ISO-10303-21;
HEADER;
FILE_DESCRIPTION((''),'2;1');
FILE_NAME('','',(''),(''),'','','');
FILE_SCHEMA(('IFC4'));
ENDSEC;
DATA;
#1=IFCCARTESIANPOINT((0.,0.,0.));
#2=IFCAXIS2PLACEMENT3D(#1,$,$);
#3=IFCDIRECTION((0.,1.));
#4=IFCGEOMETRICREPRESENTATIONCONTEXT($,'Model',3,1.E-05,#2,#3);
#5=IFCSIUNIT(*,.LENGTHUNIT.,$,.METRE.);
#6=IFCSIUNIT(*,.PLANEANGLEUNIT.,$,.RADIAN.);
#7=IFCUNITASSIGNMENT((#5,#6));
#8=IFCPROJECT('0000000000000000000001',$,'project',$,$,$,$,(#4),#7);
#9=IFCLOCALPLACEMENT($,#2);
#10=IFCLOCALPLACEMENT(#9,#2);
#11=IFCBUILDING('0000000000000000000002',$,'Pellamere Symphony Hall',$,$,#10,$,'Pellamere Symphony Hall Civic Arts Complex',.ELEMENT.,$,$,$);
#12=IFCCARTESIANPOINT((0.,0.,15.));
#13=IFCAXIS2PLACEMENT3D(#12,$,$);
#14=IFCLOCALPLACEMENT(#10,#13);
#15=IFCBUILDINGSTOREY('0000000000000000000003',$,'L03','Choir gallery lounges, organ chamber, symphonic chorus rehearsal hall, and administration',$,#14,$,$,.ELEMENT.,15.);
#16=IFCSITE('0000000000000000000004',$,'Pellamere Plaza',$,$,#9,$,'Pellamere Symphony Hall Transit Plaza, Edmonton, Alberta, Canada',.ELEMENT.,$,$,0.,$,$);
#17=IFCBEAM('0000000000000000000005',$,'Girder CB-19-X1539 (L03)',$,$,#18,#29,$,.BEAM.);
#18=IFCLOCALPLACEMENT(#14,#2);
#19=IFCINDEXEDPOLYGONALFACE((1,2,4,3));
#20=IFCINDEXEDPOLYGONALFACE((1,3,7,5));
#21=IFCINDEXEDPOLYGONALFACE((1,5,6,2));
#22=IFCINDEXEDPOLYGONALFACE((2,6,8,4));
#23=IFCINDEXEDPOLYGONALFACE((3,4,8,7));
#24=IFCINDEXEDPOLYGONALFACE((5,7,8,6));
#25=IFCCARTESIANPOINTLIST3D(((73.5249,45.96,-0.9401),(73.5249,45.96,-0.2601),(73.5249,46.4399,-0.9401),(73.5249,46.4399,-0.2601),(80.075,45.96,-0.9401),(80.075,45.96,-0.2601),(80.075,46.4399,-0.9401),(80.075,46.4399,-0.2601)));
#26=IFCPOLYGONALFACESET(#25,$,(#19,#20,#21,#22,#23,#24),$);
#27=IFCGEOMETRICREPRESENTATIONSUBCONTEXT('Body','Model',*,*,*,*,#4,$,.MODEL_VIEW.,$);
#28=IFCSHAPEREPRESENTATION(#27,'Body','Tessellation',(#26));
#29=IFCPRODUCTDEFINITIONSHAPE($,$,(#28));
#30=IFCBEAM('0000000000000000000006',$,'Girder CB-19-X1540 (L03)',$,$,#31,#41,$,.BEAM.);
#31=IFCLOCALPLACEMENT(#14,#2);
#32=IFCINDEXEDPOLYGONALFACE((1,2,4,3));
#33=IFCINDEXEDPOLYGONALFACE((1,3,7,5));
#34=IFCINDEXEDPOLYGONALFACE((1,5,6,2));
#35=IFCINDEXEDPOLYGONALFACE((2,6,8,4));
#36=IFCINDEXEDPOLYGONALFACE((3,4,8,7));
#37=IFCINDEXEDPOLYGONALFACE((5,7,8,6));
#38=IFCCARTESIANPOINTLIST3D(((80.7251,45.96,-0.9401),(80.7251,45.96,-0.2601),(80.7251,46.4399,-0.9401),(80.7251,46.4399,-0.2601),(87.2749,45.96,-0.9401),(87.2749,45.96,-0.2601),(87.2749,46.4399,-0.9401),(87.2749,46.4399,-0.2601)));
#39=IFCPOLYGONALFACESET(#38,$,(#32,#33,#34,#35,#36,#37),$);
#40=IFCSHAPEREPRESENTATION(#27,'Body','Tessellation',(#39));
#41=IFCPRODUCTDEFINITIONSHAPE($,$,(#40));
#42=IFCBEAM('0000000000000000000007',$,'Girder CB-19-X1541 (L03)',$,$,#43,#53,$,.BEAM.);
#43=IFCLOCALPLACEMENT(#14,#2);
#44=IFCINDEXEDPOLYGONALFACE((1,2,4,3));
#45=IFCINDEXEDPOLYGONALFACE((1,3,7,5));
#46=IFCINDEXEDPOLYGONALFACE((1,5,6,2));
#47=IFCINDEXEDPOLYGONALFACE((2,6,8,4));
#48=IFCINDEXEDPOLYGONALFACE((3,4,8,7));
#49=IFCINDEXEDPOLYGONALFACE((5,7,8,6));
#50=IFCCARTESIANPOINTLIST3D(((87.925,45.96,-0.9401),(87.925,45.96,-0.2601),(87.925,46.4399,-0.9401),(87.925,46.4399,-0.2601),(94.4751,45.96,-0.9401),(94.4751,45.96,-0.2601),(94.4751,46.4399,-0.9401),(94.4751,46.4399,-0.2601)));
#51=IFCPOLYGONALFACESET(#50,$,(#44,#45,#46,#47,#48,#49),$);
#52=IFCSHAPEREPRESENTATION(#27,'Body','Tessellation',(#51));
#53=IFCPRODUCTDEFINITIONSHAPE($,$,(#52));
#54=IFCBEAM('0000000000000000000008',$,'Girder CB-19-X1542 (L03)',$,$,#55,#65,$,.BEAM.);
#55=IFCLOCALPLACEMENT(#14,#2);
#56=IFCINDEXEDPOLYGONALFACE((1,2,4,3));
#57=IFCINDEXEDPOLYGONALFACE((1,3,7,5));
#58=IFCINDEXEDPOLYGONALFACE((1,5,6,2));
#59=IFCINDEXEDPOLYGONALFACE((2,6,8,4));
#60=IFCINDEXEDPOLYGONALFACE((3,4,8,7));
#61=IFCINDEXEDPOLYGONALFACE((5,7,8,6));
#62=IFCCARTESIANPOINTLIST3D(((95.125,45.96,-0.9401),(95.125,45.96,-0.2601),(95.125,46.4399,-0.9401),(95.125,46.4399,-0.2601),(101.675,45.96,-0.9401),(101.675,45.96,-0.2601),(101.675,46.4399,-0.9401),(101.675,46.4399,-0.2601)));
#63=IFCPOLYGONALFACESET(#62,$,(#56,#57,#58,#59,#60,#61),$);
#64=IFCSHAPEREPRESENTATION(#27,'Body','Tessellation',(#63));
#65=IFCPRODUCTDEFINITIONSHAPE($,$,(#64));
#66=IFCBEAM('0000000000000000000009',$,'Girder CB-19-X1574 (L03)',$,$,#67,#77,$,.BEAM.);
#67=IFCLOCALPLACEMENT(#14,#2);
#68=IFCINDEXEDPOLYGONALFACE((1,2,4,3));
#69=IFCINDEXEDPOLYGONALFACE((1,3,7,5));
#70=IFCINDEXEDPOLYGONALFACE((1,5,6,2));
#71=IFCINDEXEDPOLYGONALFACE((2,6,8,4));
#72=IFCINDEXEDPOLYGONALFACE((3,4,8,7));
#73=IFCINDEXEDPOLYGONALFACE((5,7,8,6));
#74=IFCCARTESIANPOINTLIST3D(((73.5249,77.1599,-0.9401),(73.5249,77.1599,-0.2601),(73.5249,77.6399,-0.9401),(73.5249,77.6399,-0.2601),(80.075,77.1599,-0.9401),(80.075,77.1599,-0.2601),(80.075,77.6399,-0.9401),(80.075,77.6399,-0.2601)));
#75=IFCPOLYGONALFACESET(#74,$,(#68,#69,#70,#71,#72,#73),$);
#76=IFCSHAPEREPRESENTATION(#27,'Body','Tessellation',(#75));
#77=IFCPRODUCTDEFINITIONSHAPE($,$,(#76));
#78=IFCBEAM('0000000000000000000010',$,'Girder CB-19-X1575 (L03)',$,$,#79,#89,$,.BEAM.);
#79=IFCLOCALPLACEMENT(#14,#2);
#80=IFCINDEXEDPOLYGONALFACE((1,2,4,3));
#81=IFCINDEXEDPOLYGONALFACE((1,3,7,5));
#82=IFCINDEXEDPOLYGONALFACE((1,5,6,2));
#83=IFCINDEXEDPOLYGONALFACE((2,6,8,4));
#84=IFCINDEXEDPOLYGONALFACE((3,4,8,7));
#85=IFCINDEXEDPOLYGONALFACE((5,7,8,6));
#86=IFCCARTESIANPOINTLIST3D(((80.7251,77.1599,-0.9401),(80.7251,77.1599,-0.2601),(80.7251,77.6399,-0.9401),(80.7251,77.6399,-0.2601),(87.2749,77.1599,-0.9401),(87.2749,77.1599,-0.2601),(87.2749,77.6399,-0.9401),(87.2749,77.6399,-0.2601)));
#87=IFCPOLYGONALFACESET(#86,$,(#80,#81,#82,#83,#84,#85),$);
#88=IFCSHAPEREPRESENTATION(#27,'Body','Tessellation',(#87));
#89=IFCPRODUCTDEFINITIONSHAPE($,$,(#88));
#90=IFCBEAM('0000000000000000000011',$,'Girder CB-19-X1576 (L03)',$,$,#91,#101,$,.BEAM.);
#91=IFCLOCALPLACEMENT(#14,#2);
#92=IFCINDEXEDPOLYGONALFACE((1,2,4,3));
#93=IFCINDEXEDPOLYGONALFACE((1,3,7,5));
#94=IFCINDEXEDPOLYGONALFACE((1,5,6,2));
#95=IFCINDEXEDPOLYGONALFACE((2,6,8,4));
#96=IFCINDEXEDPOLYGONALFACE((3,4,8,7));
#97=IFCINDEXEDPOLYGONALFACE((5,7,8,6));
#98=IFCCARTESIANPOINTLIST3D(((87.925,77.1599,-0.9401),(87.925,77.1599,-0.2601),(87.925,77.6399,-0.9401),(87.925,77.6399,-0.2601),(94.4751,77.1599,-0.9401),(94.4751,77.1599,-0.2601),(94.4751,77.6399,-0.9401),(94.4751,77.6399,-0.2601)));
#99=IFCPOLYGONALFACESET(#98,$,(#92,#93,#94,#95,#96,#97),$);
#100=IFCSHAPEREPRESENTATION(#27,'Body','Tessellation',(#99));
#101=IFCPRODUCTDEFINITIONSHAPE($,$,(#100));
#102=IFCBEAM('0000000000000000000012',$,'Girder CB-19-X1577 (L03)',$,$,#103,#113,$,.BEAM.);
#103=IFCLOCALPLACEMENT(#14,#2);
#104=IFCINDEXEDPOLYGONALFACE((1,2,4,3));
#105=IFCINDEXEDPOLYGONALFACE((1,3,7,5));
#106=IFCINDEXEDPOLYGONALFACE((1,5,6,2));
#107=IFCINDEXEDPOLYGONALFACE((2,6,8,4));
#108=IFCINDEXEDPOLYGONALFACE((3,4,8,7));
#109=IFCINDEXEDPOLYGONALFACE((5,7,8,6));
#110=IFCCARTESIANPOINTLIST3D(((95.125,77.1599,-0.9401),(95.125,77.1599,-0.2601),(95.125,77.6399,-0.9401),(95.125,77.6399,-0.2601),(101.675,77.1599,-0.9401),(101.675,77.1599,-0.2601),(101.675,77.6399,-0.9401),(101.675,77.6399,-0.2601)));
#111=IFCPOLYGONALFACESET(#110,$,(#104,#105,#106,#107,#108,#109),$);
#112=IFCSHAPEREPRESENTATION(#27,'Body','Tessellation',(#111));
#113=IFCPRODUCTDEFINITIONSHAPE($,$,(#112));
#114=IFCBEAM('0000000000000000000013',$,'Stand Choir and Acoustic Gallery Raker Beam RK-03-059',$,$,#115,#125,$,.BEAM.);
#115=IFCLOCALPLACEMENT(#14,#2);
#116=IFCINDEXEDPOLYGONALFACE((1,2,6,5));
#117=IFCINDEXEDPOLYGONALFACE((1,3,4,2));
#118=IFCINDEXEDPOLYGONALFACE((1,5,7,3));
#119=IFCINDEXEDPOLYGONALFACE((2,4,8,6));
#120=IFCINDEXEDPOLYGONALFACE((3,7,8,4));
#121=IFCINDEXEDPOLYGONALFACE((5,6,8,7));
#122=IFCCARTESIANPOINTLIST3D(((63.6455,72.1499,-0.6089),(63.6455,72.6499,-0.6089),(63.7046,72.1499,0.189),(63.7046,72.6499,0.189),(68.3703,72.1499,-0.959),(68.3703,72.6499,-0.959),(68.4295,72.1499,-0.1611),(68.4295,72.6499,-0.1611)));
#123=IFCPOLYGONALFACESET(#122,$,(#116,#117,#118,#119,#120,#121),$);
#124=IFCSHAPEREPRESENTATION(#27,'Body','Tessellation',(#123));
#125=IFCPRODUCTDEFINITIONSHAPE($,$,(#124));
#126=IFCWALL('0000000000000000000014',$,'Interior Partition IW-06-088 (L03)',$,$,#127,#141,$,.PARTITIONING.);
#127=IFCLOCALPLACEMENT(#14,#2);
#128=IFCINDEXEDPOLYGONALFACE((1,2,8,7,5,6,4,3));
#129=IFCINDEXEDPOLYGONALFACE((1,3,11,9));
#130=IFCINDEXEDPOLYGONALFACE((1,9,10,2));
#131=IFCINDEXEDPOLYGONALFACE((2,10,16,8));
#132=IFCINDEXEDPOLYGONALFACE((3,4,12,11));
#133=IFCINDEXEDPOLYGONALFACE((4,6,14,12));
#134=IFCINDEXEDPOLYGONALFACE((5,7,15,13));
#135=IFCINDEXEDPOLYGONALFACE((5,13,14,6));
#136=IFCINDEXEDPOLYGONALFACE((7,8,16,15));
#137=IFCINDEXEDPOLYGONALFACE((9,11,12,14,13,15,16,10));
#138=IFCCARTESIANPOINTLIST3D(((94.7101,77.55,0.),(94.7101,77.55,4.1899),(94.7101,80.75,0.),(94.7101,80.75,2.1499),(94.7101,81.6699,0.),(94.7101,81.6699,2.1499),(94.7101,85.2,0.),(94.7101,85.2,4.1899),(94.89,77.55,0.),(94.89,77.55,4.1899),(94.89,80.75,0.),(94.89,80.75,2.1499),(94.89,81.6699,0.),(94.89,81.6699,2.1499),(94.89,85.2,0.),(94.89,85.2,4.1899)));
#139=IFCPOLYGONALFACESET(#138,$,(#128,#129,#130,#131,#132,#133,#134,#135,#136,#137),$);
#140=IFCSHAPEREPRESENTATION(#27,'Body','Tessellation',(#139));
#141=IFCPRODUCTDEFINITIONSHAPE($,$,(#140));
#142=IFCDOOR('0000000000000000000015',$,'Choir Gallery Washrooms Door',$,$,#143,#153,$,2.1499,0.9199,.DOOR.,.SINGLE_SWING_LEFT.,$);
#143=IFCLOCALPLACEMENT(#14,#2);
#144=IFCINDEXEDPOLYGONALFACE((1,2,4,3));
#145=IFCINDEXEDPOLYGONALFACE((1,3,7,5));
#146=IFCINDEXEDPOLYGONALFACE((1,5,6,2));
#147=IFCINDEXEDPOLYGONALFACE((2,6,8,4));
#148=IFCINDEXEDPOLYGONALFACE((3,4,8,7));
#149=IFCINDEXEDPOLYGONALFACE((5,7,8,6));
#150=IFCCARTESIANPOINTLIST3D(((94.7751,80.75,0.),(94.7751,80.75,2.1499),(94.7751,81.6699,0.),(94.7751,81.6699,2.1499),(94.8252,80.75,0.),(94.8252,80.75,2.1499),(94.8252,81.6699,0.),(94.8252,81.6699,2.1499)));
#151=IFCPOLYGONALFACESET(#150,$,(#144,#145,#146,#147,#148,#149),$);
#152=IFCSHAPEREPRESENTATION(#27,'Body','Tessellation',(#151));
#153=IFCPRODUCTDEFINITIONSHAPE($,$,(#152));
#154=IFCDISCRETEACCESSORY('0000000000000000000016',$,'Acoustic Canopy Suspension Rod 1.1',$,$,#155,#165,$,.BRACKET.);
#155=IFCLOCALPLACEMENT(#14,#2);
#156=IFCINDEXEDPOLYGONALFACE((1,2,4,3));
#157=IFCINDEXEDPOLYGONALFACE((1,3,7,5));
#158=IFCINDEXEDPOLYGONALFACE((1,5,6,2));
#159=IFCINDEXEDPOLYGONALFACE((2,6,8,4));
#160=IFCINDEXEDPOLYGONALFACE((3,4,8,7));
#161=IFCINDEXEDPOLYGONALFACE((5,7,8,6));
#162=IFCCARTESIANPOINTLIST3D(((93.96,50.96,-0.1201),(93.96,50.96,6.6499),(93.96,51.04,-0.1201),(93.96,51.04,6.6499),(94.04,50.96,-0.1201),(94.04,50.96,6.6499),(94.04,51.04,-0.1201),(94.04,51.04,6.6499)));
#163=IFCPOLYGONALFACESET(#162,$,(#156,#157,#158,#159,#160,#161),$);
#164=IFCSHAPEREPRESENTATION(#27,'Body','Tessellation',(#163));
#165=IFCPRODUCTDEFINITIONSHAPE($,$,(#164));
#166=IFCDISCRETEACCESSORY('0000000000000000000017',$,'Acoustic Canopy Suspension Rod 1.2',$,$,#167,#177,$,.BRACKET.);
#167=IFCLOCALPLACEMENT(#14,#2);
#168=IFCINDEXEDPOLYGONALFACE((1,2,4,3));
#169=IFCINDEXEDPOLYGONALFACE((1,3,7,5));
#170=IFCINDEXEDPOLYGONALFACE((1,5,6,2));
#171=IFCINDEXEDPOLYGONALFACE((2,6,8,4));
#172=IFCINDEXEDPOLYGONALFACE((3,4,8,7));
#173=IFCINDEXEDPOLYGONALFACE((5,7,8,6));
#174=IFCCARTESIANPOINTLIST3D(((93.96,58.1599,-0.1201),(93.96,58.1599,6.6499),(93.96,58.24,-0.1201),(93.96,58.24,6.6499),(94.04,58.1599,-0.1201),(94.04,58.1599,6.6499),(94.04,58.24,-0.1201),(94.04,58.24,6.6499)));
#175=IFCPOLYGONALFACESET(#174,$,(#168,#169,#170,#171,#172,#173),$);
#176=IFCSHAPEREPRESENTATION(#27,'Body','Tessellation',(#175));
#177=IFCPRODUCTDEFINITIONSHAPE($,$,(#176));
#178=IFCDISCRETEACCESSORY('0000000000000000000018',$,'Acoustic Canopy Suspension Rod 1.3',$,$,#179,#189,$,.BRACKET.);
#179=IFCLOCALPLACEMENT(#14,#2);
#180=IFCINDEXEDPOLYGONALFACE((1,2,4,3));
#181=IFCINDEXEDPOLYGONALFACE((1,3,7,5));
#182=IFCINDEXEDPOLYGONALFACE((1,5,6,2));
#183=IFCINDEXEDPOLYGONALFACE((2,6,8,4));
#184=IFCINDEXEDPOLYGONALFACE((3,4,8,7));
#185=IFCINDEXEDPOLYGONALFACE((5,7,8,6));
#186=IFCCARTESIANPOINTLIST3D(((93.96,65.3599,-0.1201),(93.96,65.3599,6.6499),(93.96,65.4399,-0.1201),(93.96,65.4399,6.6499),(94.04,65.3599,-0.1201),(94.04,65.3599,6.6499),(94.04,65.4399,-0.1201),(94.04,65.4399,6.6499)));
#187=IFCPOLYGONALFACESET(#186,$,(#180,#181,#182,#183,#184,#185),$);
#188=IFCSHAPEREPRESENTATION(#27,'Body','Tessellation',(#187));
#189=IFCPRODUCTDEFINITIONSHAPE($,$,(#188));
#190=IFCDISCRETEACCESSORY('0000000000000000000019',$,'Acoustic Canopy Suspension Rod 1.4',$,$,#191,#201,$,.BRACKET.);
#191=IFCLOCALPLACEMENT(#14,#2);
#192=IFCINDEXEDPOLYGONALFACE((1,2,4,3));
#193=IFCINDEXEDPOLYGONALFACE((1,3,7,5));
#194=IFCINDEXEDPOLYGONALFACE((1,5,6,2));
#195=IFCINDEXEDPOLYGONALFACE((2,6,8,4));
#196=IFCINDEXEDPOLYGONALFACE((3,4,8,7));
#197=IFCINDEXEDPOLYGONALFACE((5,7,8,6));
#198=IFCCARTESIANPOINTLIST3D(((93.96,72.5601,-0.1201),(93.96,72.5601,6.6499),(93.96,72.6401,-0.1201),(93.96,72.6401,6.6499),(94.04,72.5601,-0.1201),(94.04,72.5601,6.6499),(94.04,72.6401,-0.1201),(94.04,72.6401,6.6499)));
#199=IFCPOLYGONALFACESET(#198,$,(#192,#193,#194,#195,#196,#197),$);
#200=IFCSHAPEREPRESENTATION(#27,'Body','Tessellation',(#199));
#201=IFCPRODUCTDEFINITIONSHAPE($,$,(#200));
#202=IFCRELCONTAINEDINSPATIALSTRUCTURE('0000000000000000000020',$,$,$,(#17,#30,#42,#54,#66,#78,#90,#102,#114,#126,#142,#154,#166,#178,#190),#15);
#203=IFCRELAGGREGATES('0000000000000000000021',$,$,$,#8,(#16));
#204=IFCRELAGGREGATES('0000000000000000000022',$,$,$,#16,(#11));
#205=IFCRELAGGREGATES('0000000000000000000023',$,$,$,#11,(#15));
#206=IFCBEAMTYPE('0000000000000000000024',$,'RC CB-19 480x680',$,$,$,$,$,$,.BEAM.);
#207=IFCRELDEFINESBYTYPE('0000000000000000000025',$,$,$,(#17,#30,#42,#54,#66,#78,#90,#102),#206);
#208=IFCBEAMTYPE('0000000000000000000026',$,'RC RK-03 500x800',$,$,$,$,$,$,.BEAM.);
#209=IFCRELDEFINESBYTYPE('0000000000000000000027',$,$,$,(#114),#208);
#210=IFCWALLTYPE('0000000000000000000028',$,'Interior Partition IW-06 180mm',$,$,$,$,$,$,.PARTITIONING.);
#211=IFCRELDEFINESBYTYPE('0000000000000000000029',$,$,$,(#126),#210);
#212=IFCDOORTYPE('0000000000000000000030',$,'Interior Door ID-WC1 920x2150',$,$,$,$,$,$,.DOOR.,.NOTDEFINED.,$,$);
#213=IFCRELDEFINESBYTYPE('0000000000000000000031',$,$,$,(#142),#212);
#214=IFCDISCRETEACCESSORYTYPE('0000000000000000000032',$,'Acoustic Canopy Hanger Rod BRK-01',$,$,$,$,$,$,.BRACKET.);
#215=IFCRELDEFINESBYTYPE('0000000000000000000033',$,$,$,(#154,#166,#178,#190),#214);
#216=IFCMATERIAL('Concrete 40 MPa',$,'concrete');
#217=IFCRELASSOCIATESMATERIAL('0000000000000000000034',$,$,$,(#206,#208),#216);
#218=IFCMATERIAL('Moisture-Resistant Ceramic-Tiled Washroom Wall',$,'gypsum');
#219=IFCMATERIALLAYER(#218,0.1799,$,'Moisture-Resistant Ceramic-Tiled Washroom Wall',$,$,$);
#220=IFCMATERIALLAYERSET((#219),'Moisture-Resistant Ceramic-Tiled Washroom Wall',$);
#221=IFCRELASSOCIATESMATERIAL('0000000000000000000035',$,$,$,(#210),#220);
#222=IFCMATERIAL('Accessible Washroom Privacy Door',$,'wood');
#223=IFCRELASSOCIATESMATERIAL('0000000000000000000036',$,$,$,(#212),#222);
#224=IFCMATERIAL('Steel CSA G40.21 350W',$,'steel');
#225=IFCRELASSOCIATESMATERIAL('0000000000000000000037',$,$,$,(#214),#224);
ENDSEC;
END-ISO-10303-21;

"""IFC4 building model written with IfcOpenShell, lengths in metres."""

from ifc_helpers import new_model, si_unit, direction, frame, frame_2d, origin, origin_2d, place, context, subcontext, project, spatial, rectangle, extrude, material, layer, layer_set, material_profile, profile_set, type_object, element, fill, save


model = new_model("IFC4")

# Units and contexts
model_context = context("Model", 3, precision=1e-05, world=origin(), true_north=direction((0.0, 1.0)))
body_context = subcontext(model_context, "Body", "Model", "MODEL_VIEW")
ifc_project = project(units=[si_unit("LENGTHUNIT", "METRE"), si_unit("PLANEANGLEUNIT", "RADIAN")], contexts=[model_context])

# Site, building, storey
site_placement = place(None, origin())
site = spatial("IfcSite", under=ifc_project, at=site_placement, Name="Pellamere Plaza", LongName="Pellamere Symphony Hall Transit Plaza, Edmonton, Alberta, Canada", CompositionType="ELEMENT", RefElevation=0.0)
building_placement = place(site_placement, origin())
building = spatial("IfcBuilding", under=site, at=building_placement, Name="Pellamere Symphony Hall", LongName="Pellamere Symphony Hall Civic Arts Complex", CompositionType="ELEMENT")
storey_placement = place(building_placement, frame((0.0, 0.0, 15.0)))
storey = spatial("IfcBuildingStorey", under=building, at=storey_placement, Name="L03", Description="Choir gallery lounges, organ chamber, symphonic chorus rehearsal hall, and administration", CompositionType="ELEMENT", Elevation=15.0)

# Shared definitions
ifc_material_1 = material(Name="Concrete 40 MPa", Category="concrete")

# Beams
ifc_material_profile_1 = material_profile(ifc_material_1, rectangle(XDim=0.48, YDim=0.6799, at=origin_2d()), Name="RC 480x680")
ifc_profile_set_1 = profile_set([ifc_material_profile_1], Name="Concrete 40 MPa")
beam_type_1 = type_object("IfcBeamType", Name="RC CB-19 480x680", PredefinedType="BEAM", material=ifc_profile_set_1)
beam_1_placement = place(storey_placement, frame((73.5249, 46.2, -0.6001), z_axis=(1.0, 0.0, 0.0), x_axis=(0.0, 1.0, 0.0)))
element("IfcBeam", 1, at=beam_1_placement, inside=storey, type_object=beam_type_1, Name="Girder CB-19-X1539 (L03)", PredefinedType="BEAM", context=body_context, shape_type="SweptSolid", body=[
    extrude(rectangle(XDim=0.48, YDim=0.6799, at=origin_2d()), origin(), (0.0, 0.0, 1.0), 6.55),
])
beam_2_placement = place(storey_placement, frame((80.7251, 46.2, -0.6001), z_axis=(1.0, 0.0, 0.0), x_axis=(0.0, 1.0, 0.0)))
element("IfcBeam", 2, at=beam_2_placement, inside=storey, type_object=beam_type_1, Name="Girder CB-19-X1540 (L03)", PredefinedType="BEAM", context=body_context, shape_type="SweptSolid", body=[
    extrude(rectangle(XDim=0.48, YDim=0.6799, at=origin_2d()), origin(), (0.0, 0.0, 1.0), 6.5498),
])
for number, where, z_axis, x_axis, name in (
    (3, (87.925, 46.2, -0.6001), (1.0, 0.0, 0.0), (0.0, 1.0, 0.0), "Girder CB-19-X1541 (L03)"),
    (4, (95.125, 46.2, -0.6001), (1.0, 0.0, 0.0), (0.0, 1.0, 0.0), "Girder CB-19-X1542 (L03)"),
    (5, (73.5249, 77.3999, -0.6001), (1.0, 0.0, 0.0), (0.0, 1.0, 0.0), "Girder CB-19-X1574 (L03)"),
):
    element("IfcBeam", number, at=place(storey_placement, frame(where, z_axis=z_axis, x_axis=x_axis)), inside=storey, type_object=beam_type_1, Name=name, PredefinedType="BEAM", context=body_context, shape_type="SweptSolid", body=[
        extrude(rectangle(XDim=0.48, YDim=0.6799, at=origin_2d()), origin(), (0.0, 0.0, 1.0), 6.55),
    ])
beam_3_placement = place(storey_placement, frame((80.7251, 77.3999, -0.6001), z_axis=(1.0, 0.0, 0.0), x_axis=(0.0, 1.0, 0.0)))
element("IfcBeam", 6, at=beam_3_placement, inside=storey, type_object=beam_type_1, Name="Girder CB-19-X1575 (L03)", PredefinedType="BEAM", context=body_context, shape_type="SweptSolid", body=[
    extrude(rectangle(XDim=0.48, YDim=0.6799, at=origin_2d()), origin(), (0.0, 0.0, 1.0), 6.5498),
])
for number, where, z_axis, x_axis, name in (
    (7, (87.925, 77.3999, -0.6001), (1.0, 0.0, 0.0), (0.0, 1.0, 0.0), "Girder CB-19-X1576 (L03)"),
    (8, (95.125, 77.3999, -0.6001), (1.0, 0.0, 0.0), (0.0, 1.0, 0.0), "Girder CB-19-X1577 (L03)"),
):
    element("IfcBeam", number, at=place(storey_placement, frame(where, z_axis=z_axis, x_axis=x_axis)), inside=storey, type_object=beam_type_1, Name=name, PredefinedType="BEAM", context=body_context, shape_type="SweptSolid", body=[
        extrude(rectangle(XDim=0.48, YDim=0.6799, at=origin_2d()), origin(), (0.0, 0.0, 1.0), 6.55),
    ])
ifc_material_profile_2 = material_profile(ifc_material_1, rectangle(XDim=0.5, YDim=0.8, at=origin_2d()), Name="RC 500x800")
ifc_profile_set_2 = profile_set([ifc_material_profile_2], Name="Concrete 40 MPa")
beam_type_2 = type_object("IfcBeamType", Name="RC RK-03 500x800", PredefinedType="BEAM", material=ifc_profile_set_2)
beam_4_placement = place(storey_placement, frame((68.3999, 72.3999, -0.5601), z_axis=(-0.997266, 0.0, 0.073894), x_axis=(0.0, -1.0, 0.0)))
element("IfcBeam", 9, at=beam_4_placement, inside=storey, type_object=beam_type_2, Name="Stand Choir and Acoustic Gallery Raker Beam RK-03-059", PredefinedType="BEAM", context=body_context, shape_type="SweptSolid", body=[
    extrude(rectangle(XDim=0.5, YDim=0.8, at=origin_2d()), origin(), (0.0, 0.0, 1.0), 4.7378),
])

# Wall, opening, door
ifc_material_2 = material(Name="Moisture-Resistant Ceramic-Tiled Washroom Wall", Category="gypsum")
ifc_layer = layer(ifc_material_2, 0.1799, Name="Moisture-Resistant Ceramic-Tiled Washroom Wall")
ifc_layer_set = layer_set([ifc_layer], Name="Moisture-Resistant Ceramic-Tiled Washroom Wall")
wall_type = type_object("IfcWallType", Name="Interior Partition IW-06 180mm", PredefinedType="PARTITIONING", material=ifc_layer_set)
wall_placement = place(storey_placement, frame((94.8, 77.55, 0.0), z_axis=(0.0, 0.0, 1.0), x_axis=(0.0, 1.0, 0.0)))
wall = element("IfcWall", 10, at=wall_placement, inside=storey, type_object=wall_type, Name="Interior Partition IW-06-088 (L03)", PredefinedType="PARTITIONING", context=body_context, shape_type="SweptSolid", body=[
    extrude(rectangle(XDim=7.6499, YDim=0.1799, at=frame_2d((3.825, 0.0))), origin(), (0.0, 0.0, 1.0), 4.1899),
])
opening_placement = place(wall_placement, frame((3.2, 0.0, 0.0)))
opening = element("IfcOpeningElement", 11, at=opening_placement, cuts=wall, PredefinedType="OPENING", context=body_context, shape_type="SweptSolid", body=[
    extrude(rectangle(XDim=0.9199, YDim=2.1499, at=frame_2d((0.46, 1.075))), frame((0.0, 0.0999, 0.0), z_axis=(0.0, -1.0, 0.0), x_axis=(1.0, 0.0, 0.0)), (0.0, 0.0, 1.0), 0.2),
])
ifc_material_3 = material(Name="Accessible Washroom Privacy Door", Category="wood")
door_type = type_object("IfcDoorType", Name="Interior Door ID-WC1 920x2150", OperationType="NOTDEFINED", PredefinedType="DOOR", material=ifc_material_3)
door_placement = place(opening_placement, origin())
door = element("IfcDoor", 12, at=door_placement, inside=storey, type_object=door_type, Name="Choir Gallery Washrooms Door", OperationType="SINGLE_SWING_LEFT", OverallHeight=2.1499, OverallWidth=0.9199, PredefinedType="DOOR", context=body_context, shape_type="SweptSolid", body=[
    extrude(rectangle(XDim=0.9199, YDim=2.1499, at=frame_2d((0.46, 1.075))), frame((0.0, 0.0249, 0.0), z_axis=(0.0, -1.0, 0.0), x_axis=(1.0, 0.0, 0.0)), (0.0, 0.0, 1.0), 0.05),
])
fill(opening, door)

# Discrete accessories
ifc_material_4 = material(Name="Steel CSA G40.21 350W", Category="steel")
discrete_accessory_type = type_object("IfcDiscreteAccessoryType", Name="Acoustic Canopy Hanger Rod BRK-01", PredefinedType="BRACKET", material=ifc_material_4)
for number, where, z_axis, x_axis, name in (
    (13, (94.0, 51.0, -0.1201), (0.0, 0.0, 1.0), (1.0, 0.0, 0.0), "Acoustic Canopy Suspension Rod 1.1"),
    (14, (94.0, 58.2, -0.1201), (0.0, 0.0, 1.0), (1.0, 0.0, 0.0), "Acoustic Canopy Suspension Rod 1.2"),
    (15, (94.0, 65.3999, -0.1201), (0.0, 0.0, 1.0), (1.0, 0.0, 0.0), "Acoustic Canopy Suspension Rod 1.3"),
    (16, (94.0, 72.6001, -0.1201), (0.0, 0.0, 1.0), (1.0, 0.0, 0.0), "Acoustic Canopy Suspension Rod 1.4"),
):
    element("IfcDiscreteAccessory", number, at=place(storey_placement, frame(where, z_axis=z_axis, x_axis=x_axis)), inside=storey, type_object=discrete_accessory_type, Name=name, PredefinedType="BRACKET", context=body_context, shape_type="SweptSolid", body=[
        extrude(rectangle(XDim=0.0801, YDim=0.0801, at=origin_2d()), origin(), (0.0, 0.0, 1.0), 6.77),
    ])

save(model, "model.ifc")
